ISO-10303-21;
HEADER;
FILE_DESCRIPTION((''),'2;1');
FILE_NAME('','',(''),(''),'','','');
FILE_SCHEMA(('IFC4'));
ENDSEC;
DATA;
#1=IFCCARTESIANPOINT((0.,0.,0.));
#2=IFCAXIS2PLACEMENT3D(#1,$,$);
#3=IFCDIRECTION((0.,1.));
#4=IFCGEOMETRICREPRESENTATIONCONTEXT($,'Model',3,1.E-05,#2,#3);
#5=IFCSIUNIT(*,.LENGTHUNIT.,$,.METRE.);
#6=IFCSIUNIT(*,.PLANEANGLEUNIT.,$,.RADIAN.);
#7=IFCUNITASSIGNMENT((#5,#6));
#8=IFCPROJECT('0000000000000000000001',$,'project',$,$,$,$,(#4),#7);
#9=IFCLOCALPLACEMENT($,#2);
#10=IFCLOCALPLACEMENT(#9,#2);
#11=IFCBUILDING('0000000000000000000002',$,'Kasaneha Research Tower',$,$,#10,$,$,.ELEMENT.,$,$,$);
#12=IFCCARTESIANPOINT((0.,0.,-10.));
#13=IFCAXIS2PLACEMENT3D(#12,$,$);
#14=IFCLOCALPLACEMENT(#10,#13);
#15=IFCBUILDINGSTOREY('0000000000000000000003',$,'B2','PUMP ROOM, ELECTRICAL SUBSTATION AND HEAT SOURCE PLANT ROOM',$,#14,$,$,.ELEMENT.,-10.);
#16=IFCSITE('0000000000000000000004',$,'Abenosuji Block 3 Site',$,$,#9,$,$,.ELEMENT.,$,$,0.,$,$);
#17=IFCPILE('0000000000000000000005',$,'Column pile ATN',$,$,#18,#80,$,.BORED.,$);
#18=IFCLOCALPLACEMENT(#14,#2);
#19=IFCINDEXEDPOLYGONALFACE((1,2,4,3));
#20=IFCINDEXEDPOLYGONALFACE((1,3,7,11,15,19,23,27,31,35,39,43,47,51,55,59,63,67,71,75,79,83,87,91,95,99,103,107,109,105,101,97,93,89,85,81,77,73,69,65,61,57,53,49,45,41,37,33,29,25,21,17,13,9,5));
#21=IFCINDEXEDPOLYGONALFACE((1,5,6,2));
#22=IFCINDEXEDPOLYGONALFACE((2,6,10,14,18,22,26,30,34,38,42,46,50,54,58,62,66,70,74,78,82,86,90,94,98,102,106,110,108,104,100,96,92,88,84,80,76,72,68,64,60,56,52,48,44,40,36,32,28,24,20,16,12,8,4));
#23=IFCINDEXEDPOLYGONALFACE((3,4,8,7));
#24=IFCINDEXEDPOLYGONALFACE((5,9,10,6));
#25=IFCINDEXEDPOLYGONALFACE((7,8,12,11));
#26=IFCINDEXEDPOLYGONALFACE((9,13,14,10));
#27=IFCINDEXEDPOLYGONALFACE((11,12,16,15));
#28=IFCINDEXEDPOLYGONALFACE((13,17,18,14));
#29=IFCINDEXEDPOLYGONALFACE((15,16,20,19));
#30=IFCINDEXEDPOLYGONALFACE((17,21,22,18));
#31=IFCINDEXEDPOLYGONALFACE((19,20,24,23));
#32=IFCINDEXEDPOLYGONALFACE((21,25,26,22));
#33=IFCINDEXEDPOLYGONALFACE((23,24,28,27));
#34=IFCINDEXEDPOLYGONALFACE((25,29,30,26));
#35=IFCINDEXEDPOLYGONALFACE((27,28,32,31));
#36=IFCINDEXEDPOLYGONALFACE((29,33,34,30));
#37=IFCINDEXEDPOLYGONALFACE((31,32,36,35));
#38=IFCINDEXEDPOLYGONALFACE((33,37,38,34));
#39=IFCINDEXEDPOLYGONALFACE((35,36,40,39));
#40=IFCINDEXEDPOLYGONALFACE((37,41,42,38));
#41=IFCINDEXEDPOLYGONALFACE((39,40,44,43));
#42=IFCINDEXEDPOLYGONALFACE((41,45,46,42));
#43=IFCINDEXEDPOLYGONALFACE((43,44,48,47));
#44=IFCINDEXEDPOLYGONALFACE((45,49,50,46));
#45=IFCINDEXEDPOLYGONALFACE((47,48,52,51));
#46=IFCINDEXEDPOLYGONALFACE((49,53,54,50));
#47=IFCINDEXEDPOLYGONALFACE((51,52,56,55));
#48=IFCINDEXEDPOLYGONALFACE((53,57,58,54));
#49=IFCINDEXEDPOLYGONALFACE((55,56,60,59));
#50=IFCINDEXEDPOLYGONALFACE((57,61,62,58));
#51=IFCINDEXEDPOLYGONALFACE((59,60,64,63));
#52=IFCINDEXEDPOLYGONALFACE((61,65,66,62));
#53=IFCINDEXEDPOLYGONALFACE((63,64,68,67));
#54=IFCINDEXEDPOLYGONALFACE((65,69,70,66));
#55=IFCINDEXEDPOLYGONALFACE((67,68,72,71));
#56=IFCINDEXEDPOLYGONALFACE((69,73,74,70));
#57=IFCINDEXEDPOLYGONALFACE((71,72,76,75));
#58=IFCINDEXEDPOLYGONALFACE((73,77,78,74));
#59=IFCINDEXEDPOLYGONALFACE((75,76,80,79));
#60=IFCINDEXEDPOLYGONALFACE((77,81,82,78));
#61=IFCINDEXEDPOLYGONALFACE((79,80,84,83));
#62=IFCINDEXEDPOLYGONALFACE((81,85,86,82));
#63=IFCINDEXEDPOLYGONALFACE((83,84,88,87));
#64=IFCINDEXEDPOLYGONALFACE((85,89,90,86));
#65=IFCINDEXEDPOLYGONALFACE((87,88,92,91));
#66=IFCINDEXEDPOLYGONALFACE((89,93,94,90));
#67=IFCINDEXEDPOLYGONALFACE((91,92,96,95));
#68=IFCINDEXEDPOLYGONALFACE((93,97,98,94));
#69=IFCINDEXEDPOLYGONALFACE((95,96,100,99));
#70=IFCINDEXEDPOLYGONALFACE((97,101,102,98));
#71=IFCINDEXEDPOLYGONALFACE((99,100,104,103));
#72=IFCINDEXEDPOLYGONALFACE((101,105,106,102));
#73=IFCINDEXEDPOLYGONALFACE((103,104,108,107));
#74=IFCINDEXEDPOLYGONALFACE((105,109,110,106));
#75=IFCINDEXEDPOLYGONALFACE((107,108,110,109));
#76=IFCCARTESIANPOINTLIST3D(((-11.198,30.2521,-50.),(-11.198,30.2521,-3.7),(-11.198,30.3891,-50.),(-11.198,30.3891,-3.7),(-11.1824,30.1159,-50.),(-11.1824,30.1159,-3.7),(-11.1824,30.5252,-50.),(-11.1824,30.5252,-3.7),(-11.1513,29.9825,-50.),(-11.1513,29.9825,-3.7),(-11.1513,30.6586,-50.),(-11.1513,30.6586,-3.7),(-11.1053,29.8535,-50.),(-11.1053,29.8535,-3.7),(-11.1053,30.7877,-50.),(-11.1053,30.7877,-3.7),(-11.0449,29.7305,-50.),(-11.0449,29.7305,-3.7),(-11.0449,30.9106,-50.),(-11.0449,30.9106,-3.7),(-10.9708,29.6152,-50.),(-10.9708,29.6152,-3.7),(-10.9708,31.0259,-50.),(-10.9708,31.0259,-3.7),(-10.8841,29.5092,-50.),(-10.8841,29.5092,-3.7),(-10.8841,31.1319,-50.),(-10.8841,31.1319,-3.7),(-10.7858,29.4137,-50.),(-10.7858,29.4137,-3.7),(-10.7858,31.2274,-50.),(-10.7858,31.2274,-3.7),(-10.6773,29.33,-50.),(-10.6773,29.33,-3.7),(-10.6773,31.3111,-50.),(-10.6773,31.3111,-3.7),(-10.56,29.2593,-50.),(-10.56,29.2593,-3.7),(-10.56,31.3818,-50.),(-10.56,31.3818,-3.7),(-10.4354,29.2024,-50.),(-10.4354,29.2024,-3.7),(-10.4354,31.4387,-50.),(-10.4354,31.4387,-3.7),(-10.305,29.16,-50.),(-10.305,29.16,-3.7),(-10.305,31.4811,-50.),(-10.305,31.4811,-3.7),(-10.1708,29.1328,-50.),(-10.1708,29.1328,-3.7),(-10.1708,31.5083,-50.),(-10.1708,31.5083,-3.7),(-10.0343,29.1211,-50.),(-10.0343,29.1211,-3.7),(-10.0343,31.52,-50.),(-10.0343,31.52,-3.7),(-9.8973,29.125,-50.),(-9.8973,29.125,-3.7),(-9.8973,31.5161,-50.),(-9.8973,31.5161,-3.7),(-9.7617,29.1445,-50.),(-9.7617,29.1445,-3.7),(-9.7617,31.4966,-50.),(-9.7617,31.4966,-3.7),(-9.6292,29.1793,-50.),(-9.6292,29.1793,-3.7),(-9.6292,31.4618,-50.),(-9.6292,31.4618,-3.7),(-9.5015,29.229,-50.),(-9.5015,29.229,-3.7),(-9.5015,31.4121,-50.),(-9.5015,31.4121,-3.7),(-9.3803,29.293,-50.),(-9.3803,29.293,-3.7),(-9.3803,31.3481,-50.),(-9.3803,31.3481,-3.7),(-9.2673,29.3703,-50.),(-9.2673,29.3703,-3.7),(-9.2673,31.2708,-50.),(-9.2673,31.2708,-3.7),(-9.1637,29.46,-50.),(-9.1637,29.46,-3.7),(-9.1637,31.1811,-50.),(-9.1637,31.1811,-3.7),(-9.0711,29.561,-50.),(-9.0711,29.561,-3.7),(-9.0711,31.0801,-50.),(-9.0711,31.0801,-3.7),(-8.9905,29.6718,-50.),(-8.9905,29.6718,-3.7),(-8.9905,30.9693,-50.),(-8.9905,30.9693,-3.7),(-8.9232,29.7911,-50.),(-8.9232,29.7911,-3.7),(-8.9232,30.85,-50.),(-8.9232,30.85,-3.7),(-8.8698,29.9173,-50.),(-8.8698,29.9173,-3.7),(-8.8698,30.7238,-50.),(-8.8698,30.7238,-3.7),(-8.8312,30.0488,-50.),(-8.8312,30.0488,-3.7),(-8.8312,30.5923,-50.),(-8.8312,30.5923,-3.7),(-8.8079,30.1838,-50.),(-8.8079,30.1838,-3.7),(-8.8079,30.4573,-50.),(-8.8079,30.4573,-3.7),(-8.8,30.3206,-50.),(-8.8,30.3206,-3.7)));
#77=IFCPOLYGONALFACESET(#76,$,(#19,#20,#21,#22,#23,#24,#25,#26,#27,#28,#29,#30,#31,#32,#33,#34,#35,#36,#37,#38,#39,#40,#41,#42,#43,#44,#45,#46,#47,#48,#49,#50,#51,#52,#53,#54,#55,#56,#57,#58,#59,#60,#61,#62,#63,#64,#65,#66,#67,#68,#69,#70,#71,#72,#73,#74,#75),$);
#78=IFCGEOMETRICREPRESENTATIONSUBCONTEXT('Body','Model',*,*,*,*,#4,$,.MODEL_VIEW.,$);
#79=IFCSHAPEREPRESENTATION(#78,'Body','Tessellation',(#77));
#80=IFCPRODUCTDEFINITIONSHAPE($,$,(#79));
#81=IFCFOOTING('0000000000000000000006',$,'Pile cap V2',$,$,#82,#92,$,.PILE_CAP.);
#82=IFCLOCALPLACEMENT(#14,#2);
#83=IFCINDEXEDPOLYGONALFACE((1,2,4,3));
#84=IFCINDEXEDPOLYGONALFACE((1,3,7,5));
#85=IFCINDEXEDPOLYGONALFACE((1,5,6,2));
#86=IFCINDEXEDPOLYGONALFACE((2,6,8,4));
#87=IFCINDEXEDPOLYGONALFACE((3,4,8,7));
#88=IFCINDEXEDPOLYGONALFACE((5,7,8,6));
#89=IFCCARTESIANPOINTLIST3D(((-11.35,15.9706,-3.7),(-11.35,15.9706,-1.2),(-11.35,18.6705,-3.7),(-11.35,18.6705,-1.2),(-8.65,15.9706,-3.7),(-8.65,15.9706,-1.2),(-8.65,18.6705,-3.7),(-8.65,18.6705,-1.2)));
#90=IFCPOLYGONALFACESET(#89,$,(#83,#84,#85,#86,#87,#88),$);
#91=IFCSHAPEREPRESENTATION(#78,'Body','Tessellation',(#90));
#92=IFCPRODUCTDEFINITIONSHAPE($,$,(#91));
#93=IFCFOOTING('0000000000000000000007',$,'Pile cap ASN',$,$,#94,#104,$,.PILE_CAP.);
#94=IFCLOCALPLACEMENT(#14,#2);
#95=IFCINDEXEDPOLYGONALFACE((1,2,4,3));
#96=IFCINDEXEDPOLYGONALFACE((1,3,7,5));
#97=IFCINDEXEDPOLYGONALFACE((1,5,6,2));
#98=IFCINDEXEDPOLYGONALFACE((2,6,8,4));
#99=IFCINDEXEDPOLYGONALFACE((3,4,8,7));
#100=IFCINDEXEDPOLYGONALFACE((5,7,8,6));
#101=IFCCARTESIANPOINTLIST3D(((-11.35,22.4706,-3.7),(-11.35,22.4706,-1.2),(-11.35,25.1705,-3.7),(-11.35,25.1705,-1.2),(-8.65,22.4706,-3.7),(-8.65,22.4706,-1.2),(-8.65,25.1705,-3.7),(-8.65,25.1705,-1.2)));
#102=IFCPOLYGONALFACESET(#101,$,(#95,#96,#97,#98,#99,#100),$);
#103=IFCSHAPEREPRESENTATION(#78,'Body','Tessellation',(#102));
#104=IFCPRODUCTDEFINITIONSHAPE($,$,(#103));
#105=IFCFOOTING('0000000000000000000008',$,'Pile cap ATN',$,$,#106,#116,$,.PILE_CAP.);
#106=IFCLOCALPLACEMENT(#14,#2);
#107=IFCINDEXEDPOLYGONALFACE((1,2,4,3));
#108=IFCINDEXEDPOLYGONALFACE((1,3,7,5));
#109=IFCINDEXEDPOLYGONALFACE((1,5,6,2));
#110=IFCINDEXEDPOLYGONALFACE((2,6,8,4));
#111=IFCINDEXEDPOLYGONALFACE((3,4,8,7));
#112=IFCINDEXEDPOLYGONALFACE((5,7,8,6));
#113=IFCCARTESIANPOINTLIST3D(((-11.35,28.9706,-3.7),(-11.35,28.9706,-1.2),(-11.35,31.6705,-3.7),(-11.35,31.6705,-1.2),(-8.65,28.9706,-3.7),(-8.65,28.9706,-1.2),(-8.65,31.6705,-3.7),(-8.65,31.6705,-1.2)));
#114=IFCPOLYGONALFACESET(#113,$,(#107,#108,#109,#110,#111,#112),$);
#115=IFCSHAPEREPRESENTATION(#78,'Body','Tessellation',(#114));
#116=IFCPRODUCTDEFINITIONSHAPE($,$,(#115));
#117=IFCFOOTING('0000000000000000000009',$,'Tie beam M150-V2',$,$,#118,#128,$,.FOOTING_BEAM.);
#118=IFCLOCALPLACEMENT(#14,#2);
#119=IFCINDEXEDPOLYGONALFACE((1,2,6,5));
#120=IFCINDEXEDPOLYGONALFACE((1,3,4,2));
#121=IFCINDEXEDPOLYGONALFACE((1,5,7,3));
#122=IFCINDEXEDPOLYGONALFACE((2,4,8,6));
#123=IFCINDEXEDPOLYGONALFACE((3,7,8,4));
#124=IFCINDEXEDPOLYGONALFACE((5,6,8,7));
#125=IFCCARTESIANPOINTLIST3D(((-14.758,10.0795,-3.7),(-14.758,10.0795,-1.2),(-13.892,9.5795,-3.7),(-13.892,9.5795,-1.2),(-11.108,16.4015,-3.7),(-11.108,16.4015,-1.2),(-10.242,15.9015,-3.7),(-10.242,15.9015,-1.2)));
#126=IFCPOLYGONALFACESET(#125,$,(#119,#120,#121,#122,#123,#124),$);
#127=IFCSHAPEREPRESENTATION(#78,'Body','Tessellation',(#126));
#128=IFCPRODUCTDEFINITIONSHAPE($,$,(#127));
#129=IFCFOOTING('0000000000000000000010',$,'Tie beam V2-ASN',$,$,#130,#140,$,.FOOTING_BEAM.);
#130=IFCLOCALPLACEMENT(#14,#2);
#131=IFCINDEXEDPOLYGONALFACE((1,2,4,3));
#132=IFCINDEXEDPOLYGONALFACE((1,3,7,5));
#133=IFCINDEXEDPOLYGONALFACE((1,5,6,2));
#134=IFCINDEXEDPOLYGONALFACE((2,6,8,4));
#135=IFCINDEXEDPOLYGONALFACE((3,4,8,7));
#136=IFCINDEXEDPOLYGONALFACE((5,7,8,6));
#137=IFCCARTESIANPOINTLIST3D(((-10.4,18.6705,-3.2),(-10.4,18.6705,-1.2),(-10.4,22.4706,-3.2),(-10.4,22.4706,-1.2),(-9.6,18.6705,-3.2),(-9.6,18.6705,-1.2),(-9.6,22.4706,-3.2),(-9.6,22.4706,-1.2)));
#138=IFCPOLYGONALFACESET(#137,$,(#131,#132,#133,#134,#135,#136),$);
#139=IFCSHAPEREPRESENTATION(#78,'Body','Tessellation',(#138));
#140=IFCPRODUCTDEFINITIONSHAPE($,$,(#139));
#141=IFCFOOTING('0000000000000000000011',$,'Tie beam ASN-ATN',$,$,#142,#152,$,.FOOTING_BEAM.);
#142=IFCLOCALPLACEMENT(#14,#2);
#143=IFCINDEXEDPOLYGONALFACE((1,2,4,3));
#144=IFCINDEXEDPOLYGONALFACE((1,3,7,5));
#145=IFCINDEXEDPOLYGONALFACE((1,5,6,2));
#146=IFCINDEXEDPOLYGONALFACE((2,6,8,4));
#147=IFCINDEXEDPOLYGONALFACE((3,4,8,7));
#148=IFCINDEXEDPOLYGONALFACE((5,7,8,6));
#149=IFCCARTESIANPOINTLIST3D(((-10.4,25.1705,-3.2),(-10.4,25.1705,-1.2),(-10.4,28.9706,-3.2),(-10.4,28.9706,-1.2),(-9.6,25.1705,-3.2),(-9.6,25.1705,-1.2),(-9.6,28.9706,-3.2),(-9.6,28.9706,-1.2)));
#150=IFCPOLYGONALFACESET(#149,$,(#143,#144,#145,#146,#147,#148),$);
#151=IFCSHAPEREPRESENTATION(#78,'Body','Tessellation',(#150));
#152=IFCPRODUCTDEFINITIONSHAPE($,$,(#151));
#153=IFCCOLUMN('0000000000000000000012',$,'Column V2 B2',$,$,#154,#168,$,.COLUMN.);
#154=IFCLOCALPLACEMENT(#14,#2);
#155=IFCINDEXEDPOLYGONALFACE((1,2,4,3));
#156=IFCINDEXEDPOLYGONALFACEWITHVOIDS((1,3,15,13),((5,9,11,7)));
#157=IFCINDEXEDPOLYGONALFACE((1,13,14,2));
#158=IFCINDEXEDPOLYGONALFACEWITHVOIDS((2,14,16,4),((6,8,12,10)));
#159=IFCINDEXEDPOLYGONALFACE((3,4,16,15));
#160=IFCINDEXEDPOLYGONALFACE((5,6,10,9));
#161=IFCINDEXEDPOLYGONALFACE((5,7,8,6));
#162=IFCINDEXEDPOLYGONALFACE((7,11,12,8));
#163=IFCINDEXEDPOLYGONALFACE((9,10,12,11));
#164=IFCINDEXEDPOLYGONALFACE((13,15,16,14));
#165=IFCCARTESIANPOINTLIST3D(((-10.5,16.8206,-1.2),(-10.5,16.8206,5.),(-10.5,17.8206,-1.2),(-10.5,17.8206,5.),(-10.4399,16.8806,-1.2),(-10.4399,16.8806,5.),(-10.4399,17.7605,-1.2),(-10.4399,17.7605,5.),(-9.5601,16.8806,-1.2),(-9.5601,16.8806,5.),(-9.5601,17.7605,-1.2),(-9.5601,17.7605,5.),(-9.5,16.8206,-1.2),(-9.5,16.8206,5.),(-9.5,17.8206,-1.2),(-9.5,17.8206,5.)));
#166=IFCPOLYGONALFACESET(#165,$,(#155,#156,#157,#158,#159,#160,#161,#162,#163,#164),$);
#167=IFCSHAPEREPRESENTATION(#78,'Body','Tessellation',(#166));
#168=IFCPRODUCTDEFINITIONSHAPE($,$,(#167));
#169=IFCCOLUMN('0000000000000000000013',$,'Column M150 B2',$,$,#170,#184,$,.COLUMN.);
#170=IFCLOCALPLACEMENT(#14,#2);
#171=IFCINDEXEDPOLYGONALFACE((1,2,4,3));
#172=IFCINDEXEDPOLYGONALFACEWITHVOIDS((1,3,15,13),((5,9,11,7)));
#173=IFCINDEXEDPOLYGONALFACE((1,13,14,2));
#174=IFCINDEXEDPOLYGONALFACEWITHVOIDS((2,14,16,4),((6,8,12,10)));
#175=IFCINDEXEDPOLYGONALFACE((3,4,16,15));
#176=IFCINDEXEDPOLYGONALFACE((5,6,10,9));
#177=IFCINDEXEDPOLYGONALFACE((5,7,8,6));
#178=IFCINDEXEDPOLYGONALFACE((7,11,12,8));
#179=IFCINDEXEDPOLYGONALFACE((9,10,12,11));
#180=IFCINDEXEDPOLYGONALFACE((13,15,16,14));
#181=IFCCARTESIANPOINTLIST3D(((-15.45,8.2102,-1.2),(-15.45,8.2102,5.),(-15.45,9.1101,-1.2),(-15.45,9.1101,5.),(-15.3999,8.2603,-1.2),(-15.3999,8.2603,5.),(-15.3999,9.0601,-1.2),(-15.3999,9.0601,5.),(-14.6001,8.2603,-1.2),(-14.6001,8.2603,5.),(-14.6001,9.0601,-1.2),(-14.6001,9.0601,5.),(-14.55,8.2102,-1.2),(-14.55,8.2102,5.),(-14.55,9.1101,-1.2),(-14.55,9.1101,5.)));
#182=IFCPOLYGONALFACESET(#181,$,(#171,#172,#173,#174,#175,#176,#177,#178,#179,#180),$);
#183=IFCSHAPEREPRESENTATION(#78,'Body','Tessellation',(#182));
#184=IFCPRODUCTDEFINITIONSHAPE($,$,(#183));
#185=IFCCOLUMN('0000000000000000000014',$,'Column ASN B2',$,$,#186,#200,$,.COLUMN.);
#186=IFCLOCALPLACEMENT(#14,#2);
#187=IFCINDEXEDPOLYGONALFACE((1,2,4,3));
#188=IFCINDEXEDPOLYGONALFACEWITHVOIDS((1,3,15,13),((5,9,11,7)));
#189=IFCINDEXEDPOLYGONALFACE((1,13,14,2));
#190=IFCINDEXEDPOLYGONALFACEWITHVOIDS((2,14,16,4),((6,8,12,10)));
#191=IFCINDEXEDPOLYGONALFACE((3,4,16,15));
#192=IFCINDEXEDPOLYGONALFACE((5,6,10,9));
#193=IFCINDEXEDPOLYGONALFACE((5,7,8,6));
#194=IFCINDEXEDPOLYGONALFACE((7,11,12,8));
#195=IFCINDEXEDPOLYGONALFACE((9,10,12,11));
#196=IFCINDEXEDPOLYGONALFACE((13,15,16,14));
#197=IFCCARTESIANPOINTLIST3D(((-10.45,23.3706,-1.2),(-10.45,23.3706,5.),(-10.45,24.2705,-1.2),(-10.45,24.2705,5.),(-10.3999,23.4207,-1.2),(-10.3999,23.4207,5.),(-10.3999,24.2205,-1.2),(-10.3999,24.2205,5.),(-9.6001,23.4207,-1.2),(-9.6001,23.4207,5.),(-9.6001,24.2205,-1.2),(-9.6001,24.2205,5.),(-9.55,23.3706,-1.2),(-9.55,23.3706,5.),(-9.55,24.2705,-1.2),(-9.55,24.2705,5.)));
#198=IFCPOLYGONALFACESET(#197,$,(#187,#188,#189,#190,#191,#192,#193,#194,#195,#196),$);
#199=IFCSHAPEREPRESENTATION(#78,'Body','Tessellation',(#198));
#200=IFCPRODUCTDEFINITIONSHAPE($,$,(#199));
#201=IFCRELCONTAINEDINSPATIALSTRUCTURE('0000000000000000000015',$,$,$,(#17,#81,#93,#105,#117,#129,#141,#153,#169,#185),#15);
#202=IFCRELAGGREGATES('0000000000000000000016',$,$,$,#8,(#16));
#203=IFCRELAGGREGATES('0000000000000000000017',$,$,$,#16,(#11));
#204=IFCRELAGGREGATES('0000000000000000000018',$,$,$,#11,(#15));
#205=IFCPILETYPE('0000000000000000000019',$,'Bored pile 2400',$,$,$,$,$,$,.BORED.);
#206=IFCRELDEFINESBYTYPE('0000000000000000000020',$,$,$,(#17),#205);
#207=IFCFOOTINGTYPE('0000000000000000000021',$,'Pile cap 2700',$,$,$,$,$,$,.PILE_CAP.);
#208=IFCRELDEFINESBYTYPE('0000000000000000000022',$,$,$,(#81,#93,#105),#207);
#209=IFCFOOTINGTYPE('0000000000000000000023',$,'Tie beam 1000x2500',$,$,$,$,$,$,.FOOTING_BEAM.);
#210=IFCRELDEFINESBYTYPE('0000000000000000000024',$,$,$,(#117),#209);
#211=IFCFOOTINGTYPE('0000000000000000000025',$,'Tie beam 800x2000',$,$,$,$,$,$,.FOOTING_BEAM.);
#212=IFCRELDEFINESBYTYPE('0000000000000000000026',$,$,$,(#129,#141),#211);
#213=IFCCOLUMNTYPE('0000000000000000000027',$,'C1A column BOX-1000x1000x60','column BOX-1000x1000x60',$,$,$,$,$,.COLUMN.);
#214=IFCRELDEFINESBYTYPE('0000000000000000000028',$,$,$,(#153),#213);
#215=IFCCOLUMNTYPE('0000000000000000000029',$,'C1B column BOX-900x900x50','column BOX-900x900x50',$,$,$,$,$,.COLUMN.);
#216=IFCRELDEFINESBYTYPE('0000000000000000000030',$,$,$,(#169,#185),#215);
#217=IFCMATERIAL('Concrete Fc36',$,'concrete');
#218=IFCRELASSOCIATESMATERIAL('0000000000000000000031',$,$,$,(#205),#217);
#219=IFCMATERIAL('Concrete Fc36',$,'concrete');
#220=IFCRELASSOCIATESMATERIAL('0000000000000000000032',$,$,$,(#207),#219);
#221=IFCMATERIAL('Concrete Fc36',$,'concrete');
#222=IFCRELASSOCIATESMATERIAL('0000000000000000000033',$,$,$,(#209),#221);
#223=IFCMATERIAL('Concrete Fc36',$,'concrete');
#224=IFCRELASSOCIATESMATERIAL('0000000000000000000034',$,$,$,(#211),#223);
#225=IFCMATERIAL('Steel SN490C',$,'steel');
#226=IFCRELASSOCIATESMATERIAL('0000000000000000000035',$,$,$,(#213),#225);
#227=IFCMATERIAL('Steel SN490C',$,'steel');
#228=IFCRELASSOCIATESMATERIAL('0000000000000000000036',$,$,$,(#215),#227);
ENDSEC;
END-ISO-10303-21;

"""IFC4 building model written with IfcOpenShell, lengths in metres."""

from ifc_helpers import new_model, si_unit, direction, frame, origin, origin_2d, place, context, subcontext, project, spatial, rectangle, hollow_rectangle, circle, extrude, material, material_profile, profile_set, type_object, element, save


model = new_model("IFC4")

# Units and contexts
model_context = context("Model", 3, precision=1e-05, world=origin(), true_north=direction((0.0, 1.0)))
body_context = subcontext(model_context, "Body", "Model", "MODEL_VIEW")
ifc_project = project(units=[si_unit("LENGTHUNIT", "METRE"), si_unit("PLANEANGLEUNIT", "RADIAN")], contexts=[model_context])

# Site, building, storey
site_placement = place(None, origin())
site = spatial("IfcSite", under=ifc_project, at=site_placement, Name="Abenosuji Block 3 Site", CompositionType="ELEMENT", RefElevation=0.0)
building_placement = place(site_placement, origin())
building = spatial("IfcBuilding", under=site, at=building_placement, Name="Kasaneha Research Tower", CompositionType="ELEMENT")
storey_placement = place(building_placement, frame((0.0, 0.0, -10.0)))
storey = spatial("IfcBuildingStorey", under=building, at=storey_placement, Name="B2", Description="PUMP ROOM, ELECTRICAL SUBSTATION AND HEAT SOURCE PLANT ROOM", CompositionType="ELEMENT", Elevation=-10.0)

# Pile
ifc_material_1 = material(Name="Concrete Fc36", Category="concrete")
ifc_material_profile_1 = material_profile(ifc_material_1, circle(Radius=1.2, at=origin_2d()), Name="Bored pile 2400")
ifc_profile_set_1 = profile_set([ifc_material_profile_1], Name="Concrete Fc36")
pile_type_1 = type_object("IfcPileType", Name="Bored pile 2400", PredefinedType="BORED", material=ifc_profile_set_1)
for number, where, z_axis, x_axis, name in (
    (1, (-10.0, 30.3206, -3.7), (0.0, 0.0, -1.0), (1.0, 0.0, 0.0), "Column pile ATN"),
):
    element("IfcPile", number, at=place(storey_placement, frame(where, z_axis=z_axis, x_axis=x_axis)), inside=storey, type_object=pile_type_1, Name=name, PredefinedType="BORED", context=body_context, shape_type="SweptSolid", body=[
        extrude(circle(Radius=1.2, at=origin_2d()), origin(), (0.0, 0.0, 1.0), 46.3),
    ])

# Footings
ifc_material_2 = material(Name="Concrete Fc36", Category="concrete")
footing_type_1 = type_object("IfcFootingType", Name="Pile cap 2700", PredefinedType="PILE_CAP", material=ifc_material_2)
for number, where, z_axis, x_axis, name in (
    (2, (-10.0, 17.3206, -3.7), (0.0, 0.0, 1.0), (1.0, 0.0, 0.0), "Pile cap V2"),
    (3, (-10.0, 23.8206, -3.7), (0.0, 0.0, 1.0), (1.0, 0.0, 0.0), "Pile cap ASN"),
    (4, (-10.0, 30.3206, -3.7), (0.0, 0.0, 1.0), (1.0, 0.0, 0.0), "Pile cap ATN"),
):
    element("IfcFooting", number, at=place(storey_placement, frame(where, z_axis=z_axis, x_axis=x_axis)), inside=storey, type_object=footing_type_1, Name=name, PredefinedType="PILE_CAP", context=body_context, shape_type="SweptSolid", body=[
        extrude(rectangle(XDim=2.7, YDim=2.7, at=origin_2d()), origin(), (0.0, 0.0, 1.0), 2.5),
    ])
ifc_material_3 = material(Name="Concrete Fc36", Category="concrete")
footing_type_2 = type_object("IfcFootingType", Name="Tie beam 1000x2500", PredefinedType="FOOTING_BEAM", material=ifc_material_3)
footing_placement = place(storey_placement, frame((-12.5, 12.9905, -3.7), z_axis=(0.0, 0.0, 1.0), x_axis=(0.5, 0.866025, 0.0)))
element("IfcFooting", 5, at=footing_placement, inside=storey, type_object=footing_type_2, Name="Tie beam M150-V2", PredefinedType="FOOTING_BEAM", context=body_context, shape_type="SweptSolid", body=[
    extrude(rectangle(XDim=7.3, YDim=1.0, at=origin_2d()), origin(), (0.0, 0.0, 1.0), 2.5),
])
ifc_material_4 = material(Name="Concrete Fc36", Category="concrete")
footing_type_3 = type_object("IfcFootingType", Name="Tie beam 800x2000", PredefinedType="FOOTING_BEAM", material=ifc_material_4)
for number, where, z_axis, x_axis, name in (
    (6, (-10.0, 20.5706, -3.2), (0.0, 0.0, 1.0), (0.0, 1.0, 0.0), "Tie beam V2-ASN"),
    (7, (-10.0, 27.0706, -3.2), (0.0, 0.0, 1.0), (0.0, 1.0, 0.0), "Tie beam ASN-ATN"),
):
    element("IfcFooting", number, at=place(storey_placement, frame(where, z_axis=z_axis, x_axis=x_axis)), inside=storey, type_object=footing_type_3, Name=name, PredefinedType="FOOTING_BEAM", context=body_context, shape_type="SweptSolid", body=[
        extrude(rectangle(XDim=3.8, YDim=0.8, at=origin_2d()), origin(), (0.0, 0.0, 1.0), 2.0),
    ])

# Columns
ifc_material_5 = material(Name="Steel SN490C", Category="steel")
ifc_material_profile_2 = material_profile(ifc_material_5, hollow_rectangle(XDim=1.0, YDim=1.0, WallThickness=0.0601, at=origin_2d()), Name="BOX-1000x1000x60")
ifc_profile_set_2 = profile_set([ifc_material_profile_2], Name="Steel SN490C")
column_type_1 = type_object("IfcColumnType", Name="C1A column BOX-1000x1000x60", Description="column BOX-1000x1000x60", PredefinedType="COLUMN", material=ifc_profile_set_2)
column_placement = place(storey_placement, frame((-10.0, 17.3206, -1.2), z_axis=(0.0, 0.0, 1.0), x_axis=(1.0, 0.0, 0.0)))
element("IfcColumn", 8, at=column_placement, inside=storey, type_object=column_type_1, Name="Column V2 B2", PredefinedType="COLUMN", context=body_context, shape_type="SweptSolid", body=[
    extrude(hollow_rectangle(XDim=1.0, YDim=1.0, WallThickness=0.0601, at=origin_2d()), origin(), (0.0, 0.0, 1.0), 6.2),
])
ifc_material_6 = material(Name="Steel SN490C", Category="steel")
ifc_material_profile_3 = material_profile(ifc_material_6, hollow_rectangle(XDim=0.8999, YDim=0.8999, WallThickness=0.05, at=origin_2d()), Name="BOX-900x900x50")
ifc_profile_set_3 = profile_set([ifc_material_profile_3], Name="Steel SN490C")
column_type_2 = type_object("IfcColumnType", Name="C1B column BOX-900x900x50", Description="column BOX-900x900x50", PredefinedType="COLUMN", material=ifc_profile_set_3)
for number, where, z_axis, x_axis, name in (
    (9, (-15.0, 8.6602, -1.2), (0.0, 0.0, 1.0), (1.0, 0.0, 0.0), "Column M150 B2"),
    (10, (-10.0, 23.8206, -1.2), (0.0, 0.0, 1.0), (1.0, 0.0, 0.0), "Column ASN B2"),
):
    element("IfcColumn", number, at=place(storey_placement, frame(where, z_axis=z_axis, x_axis=x_axis)), inside=storey, type_object=column_type_2, Name=name, PredefinedType="COLUMN", context=body_context, shape_type="SweptSolid", body=[
        extrude(hollow_rectangle(XDim=0.8999, YDim=0.8999, WallThickness=0.05, at=origin_2d()), origin(), (0.0, 0.0, 1.0), 6.2),
    ])

save(model, "model.ifc")
